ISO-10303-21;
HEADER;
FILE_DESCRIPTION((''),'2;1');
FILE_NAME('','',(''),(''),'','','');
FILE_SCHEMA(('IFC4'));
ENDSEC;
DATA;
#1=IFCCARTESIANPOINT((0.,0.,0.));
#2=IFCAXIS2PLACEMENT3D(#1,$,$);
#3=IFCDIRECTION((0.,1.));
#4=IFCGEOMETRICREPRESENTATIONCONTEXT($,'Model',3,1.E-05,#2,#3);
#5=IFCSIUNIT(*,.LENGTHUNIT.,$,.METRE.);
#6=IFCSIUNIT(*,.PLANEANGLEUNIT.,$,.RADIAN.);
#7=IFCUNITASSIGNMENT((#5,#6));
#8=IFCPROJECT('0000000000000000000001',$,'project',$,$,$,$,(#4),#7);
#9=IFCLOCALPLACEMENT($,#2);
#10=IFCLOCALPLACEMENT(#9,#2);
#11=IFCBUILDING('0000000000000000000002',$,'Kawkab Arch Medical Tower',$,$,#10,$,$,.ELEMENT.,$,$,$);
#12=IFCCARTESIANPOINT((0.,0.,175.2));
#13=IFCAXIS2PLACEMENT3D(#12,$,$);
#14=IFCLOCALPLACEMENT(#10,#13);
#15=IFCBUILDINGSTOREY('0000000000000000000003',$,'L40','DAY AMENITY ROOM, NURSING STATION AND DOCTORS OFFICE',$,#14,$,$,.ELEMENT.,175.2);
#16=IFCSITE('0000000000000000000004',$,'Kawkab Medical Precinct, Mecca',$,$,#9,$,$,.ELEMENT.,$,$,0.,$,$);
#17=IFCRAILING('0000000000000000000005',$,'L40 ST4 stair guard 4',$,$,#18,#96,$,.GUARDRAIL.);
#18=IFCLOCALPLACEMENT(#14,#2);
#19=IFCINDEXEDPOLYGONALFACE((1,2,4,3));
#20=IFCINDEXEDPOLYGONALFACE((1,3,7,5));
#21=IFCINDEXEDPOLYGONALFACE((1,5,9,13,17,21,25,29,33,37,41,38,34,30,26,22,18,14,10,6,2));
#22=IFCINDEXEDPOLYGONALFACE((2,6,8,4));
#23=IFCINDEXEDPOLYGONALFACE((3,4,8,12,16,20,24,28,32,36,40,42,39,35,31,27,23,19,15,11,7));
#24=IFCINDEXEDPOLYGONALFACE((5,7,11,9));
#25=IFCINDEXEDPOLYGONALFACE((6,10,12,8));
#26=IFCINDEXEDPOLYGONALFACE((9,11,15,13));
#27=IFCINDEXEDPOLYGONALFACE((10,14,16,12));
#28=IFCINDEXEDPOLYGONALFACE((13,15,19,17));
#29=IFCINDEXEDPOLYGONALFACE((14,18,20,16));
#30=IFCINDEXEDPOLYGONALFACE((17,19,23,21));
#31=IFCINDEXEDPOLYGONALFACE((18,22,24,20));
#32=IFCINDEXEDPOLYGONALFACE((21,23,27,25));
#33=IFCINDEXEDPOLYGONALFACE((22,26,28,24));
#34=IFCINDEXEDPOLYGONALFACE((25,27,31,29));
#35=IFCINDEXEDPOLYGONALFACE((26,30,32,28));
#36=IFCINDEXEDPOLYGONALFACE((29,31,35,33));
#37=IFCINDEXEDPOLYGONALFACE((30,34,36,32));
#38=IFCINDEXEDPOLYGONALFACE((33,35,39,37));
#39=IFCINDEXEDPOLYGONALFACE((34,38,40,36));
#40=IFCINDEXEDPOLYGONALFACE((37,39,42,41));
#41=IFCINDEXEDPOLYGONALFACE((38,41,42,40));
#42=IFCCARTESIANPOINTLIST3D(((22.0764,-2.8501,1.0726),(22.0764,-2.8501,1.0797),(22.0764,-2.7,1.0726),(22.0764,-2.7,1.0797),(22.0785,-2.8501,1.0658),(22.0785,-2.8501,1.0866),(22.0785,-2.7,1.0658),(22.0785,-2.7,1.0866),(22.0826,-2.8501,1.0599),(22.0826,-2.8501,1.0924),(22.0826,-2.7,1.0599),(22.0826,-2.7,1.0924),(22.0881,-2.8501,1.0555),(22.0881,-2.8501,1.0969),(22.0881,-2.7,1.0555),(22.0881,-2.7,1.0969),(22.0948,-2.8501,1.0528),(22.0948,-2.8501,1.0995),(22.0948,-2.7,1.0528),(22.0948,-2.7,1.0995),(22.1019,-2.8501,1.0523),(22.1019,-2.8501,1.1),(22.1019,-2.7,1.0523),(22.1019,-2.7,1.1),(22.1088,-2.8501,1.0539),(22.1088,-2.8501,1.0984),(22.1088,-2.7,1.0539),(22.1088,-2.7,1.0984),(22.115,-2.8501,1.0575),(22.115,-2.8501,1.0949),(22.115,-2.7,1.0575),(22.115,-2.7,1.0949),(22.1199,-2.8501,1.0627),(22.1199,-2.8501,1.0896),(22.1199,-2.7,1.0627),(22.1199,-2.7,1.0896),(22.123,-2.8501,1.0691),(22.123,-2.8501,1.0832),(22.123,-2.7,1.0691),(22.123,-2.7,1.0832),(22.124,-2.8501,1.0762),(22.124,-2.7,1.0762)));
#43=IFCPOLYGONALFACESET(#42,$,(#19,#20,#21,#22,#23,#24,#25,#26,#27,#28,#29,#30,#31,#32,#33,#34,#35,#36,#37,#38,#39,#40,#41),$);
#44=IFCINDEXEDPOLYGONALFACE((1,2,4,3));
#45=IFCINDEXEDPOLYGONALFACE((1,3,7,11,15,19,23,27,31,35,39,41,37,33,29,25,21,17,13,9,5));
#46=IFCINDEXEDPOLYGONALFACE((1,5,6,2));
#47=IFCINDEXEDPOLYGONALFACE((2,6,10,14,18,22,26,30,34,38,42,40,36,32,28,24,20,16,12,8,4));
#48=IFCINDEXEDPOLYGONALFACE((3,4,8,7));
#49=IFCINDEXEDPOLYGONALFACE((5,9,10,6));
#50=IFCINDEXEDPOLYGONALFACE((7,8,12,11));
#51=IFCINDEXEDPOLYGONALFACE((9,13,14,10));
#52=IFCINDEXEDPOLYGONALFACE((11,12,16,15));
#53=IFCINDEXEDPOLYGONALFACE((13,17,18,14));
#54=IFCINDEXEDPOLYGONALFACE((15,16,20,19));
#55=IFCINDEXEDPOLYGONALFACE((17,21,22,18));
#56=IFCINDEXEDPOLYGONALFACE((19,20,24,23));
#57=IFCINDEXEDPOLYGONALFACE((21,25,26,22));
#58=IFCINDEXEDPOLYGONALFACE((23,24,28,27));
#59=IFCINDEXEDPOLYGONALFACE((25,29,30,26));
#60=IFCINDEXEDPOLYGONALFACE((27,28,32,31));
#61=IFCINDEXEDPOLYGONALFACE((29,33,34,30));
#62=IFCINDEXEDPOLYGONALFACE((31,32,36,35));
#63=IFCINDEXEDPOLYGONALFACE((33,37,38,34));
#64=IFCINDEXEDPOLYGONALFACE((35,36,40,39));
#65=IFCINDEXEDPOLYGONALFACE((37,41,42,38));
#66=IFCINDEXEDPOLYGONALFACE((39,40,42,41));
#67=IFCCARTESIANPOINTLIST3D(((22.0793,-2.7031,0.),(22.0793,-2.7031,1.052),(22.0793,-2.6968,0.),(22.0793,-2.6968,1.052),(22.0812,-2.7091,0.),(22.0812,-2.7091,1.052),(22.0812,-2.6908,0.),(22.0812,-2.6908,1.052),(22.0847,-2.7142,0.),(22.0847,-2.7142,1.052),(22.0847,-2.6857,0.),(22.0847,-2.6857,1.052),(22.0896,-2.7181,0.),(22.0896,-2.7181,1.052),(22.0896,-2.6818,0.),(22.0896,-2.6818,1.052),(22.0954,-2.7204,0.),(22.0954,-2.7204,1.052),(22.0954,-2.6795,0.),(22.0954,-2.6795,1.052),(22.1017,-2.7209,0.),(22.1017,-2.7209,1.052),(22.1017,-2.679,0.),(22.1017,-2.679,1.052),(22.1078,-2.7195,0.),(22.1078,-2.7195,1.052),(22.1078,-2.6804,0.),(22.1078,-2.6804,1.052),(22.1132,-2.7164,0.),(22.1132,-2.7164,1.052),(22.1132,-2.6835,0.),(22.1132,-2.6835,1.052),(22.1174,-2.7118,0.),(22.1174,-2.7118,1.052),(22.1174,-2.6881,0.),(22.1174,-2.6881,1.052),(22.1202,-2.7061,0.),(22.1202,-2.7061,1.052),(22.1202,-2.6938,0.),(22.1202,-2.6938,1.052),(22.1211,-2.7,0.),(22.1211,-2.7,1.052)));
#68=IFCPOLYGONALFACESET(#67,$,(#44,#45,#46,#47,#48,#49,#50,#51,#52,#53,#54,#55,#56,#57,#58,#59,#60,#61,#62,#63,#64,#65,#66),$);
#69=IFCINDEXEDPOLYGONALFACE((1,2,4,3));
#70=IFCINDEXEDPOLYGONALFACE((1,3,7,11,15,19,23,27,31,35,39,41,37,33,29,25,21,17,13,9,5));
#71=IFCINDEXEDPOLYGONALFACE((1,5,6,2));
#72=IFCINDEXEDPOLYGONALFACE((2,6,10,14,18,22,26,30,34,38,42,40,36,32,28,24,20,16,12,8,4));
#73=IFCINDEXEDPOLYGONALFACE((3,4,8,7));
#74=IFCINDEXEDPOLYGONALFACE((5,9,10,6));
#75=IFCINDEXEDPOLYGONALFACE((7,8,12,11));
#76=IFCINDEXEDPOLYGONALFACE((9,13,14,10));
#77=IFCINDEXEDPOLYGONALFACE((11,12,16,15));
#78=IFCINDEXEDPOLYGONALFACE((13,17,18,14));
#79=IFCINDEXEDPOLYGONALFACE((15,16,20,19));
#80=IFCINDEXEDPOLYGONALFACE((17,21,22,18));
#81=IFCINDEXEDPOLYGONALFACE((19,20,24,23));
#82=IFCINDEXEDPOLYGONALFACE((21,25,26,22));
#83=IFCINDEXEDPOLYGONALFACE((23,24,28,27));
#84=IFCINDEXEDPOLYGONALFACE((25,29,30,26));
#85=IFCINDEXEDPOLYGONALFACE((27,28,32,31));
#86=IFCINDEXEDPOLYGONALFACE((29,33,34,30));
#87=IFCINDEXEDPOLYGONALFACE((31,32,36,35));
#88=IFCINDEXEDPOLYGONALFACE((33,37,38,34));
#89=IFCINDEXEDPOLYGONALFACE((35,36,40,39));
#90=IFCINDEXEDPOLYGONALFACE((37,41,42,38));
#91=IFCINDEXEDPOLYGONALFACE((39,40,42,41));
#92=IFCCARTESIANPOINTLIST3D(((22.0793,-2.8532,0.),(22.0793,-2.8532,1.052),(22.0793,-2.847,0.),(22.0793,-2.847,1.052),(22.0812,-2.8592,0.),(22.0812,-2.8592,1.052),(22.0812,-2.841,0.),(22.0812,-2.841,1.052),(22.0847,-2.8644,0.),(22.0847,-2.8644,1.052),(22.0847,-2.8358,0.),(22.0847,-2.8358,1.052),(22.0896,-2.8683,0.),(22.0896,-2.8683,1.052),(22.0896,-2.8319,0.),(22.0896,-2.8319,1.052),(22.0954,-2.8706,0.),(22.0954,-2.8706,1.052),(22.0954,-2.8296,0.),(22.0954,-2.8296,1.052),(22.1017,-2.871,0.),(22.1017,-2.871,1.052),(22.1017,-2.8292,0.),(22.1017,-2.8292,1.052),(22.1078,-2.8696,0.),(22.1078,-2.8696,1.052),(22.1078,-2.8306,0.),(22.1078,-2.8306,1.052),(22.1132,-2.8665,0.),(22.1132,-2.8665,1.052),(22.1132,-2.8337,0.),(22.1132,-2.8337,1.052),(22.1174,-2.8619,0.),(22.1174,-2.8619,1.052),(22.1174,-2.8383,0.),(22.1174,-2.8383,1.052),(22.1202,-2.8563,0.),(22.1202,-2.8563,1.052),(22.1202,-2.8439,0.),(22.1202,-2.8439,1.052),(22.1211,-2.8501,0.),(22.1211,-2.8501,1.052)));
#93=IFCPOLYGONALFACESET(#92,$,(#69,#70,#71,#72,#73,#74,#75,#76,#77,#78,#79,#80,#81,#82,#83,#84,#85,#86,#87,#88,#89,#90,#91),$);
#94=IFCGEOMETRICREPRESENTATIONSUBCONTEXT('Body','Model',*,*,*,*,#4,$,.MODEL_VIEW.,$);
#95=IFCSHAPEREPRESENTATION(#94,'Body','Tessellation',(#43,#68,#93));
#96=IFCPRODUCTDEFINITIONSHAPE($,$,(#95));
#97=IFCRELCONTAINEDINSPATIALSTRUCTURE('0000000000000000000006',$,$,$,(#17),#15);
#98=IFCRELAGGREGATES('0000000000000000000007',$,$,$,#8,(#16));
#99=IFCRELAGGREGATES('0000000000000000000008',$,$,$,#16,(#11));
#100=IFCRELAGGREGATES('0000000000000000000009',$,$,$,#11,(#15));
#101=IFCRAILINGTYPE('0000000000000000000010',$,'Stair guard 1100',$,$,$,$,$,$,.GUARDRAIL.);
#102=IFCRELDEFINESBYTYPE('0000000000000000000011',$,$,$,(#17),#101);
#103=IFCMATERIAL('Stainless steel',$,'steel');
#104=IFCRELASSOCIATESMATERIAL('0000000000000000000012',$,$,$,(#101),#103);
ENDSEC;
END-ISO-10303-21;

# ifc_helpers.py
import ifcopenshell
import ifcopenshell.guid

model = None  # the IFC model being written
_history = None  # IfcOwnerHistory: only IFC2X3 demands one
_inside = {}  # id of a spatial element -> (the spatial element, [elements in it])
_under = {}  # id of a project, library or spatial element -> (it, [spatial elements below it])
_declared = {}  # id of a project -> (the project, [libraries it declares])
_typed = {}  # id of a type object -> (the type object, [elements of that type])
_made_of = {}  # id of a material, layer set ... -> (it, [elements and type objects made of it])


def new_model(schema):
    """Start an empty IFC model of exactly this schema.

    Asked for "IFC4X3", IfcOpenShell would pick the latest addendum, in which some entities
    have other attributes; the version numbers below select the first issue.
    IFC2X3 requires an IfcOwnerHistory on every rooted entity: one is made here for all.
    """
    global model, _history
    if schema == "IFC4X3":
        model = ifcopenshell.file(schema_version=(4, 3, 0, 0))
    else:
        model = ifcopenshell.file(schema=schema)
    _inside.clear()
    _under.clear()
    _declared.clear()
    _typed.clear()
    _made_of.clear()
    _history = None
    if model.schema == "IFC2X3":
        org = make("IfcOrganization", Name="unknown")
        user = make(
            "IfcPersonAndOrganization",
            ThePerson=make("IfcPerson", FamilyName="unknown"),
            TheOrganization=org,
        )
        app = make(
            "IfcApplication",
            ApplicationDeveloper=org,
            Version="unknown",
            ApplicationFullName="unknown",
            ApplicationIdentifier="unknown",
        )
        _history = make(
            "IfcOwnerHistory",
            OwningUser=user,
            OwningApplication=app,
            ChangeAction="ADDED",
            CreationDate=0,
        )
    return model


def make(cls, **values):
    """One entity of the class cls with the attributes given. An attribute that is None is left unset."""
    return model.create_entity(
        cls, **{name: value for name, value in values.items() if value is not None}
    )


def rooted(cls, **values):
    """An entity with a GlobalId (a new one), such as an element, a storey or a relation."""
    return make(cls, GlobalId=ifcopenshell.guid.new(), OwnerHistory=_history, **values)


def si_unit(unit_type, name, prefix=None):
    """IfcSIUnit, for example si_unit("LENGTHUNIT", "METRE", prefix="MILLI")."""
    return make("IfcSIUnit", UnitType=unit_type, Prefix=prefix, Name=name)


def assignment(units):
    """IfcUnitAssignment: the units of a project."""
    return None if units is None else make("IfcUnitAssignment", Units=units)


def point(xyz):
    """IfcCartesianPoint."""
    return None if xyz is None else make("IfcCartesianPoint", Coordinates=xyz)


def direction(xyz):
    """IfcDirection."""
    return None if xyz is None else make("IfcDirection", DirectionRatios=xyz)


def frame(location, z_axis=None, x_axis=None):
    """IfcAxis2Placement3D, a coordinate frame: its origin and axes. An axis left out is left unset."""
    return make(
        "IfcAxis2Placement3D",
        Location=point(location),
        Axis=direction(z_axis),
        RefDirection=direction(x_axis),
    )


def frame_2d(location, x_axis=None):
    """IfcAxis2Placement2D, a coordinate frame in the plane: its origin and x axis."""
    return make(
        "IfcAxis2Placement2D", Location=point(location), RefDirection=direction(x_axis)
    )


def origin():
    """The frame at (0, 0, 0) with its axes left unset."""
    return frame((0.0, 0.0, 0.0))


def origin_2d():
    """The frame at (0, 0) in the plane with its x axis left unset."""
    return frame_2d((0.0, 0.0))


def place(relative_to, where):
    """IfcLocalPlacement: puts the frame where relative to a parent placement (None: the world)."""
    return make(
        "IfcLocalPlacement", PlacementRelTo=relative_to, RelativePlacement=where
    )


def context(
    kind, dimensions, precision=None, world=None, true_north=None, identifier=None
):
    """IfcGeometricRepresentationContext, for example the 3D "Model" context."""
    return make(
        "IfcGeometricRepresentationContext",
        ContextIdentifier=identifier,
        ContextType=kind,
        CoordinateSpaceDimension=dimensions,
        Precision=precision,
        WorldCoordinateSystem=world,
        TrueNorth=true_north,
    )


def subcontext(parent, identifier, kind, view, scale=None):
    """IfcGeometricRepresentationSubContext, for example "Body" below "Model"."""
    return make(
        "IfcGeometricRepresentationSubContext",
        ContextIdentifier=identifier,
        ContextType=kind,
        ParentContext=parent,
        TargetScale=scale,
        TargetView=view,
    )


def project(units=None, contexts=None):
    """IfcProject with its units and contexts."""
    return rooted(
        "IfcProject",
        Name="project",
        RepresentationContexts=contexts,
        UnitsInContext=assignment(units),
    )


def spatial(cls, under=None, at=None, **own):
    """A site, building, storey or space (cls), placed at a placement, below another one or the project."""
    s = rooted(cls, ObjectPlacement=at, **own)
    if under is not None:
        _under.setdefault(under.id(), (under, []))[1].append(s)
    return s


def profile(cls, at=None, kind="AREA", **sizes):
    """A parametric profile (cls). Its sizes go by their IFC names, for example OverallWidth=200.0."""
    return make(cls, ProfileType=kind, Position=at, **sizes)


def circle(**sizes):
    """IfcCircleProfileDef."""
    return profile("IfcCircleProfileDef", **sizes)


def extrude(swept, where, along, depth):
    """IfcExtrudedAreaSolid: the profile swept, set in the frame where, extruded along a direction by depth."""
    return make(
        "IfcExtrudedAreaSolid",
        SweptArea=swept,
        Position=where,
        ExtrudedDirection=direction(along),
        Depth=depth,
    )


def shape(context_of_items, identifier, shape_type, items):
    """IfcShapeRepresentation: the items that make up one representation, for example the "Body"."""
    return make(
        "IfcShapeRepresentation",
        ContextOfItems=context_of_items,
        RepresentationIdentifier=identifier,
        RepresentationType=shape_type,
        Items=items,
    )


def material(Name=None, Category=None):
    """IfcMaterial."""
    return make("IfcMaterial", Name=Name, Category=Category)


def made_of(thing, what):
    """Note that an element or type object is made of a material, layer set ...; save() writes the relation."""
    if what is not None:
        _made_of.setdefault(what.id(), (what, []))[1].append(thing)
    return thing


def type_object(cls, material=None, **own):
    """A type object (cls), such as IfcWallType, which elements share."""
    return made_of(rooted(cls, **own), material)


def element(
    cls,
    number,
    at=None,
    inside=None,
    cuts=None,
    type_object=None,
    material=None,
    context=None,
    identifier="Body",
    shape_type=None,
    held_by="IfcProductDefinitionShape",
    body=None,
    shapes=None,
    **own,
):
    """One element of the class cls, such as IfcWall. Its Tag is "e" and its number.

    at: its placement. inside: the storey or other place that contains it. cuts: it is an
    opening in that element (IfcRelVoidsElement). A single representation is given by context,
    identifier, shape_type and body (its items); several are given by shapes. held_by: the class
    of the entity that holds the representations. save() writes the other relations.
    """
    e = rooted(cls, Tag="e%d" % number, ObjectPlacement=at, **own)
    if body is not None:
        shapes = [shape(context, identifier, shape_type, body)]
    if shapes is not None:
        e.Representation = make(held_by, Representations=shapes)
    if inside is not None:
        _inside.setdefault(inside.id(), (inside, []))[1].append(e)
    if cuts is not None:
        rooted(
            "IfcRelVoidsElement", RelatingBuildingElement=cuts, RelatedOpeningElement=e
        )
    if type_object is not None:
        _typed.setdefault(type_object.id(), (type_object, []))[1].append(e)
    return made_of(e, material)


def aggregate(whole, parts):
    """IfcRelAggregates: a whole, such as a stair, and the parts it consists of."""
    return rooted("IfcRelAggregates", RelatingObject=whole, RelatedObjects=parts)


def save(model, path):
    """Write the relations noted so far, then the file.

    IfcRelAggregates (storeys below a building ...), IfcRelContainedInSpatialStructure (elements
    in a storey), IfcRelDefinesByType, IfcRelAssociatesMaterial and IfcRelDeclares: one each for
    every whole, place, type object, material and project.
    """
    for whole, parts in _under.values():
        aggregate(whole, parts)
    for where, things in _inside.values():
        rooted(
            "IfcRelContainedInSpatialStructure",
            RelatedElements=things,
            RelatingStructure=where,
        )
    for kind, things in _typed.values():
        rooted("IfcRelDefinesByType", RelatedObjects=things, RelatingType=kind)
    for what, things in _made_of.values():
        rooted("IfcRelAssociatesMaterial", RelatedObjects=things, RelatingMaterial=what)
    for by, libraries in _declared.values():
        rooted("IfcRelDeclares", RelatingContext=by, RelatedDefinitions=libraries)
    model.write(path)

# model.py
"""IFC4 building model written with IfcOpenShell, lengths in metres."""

from ifc_helpers import new_model, si_unit, direction, frame, origin, origin_2d, place, context, subcontext, project, spatial, circle, extrude, material, type_object, element, save


model = new_model("IFC4")

# Units and contexts
model_context = context("Model", 3, precision=1e-05, world=origin(), true_north=direction((0.0, 1.0)))
body_context = subcontext(model_context, "Body", "Model", "MODEL_VIEW")
ifc_project = project(units=[si_unit("LENGTHUNIT", "METRE"), si_unit("PLANEANGLEUNIT", "RADIAN")], contexts=[model_context])

# Site, building, storey
site_placement = place(None, origin())
site = spatial("IfcSite", under=ifc_project, at=site_placement, Name="Kawkab Medical Precinct, Mecca", CompositionType="ELEMENT", RefElevation=0.0)
building_placement = place(site_placement, origin())
building = spatial("IfcBuilding", under=site, at=building_placement, Name="Kawkab Arch Medical Tower", CompositionType="ELEMENT")
storey_placement = place(building_placement, frame((0.0, 0.0, 175.2)))
storey = spatial("IfcBuildingStorey", under=building, at=storey_placement, Name="L40", Description="DAY AMENITY ROOM, NURSING STATION AND DOCTORS OFFICE", CompositionType="ELEMENT", Elevation=175.2)

# Railing
ifc_material_1 = material(Name="Stainless steel", Category="steel")
railing_type = type_object("IfcRailingType", Name="Stair guard 1100", PredefinedType="GUARDRAIL", material=ifc_material_1)
railing_1_placement = place(storey_placement, frame((22.1001, -2.7, 0.0)))
element("IfcRailing", 1, at=railing_1_placement, inside=storey, type_object=railing_type, Name="L40 ST4 stair guard 4", PredefinedType="GUARDRAIL", context=body_context, shape_type="SweptSolid", body=[
    extrude(circle(Radius=0.0239, at=origin_2d()), frame((0.0, 0.0, 1.0762), z_axis=(0.0, -1.0, 0.0), x_axis=(1.0, 0.0, 0.0)), (0.0, 0.0, 1.0), 0.1501),
    extrude(circle(Radius=0.021, at=origin_2d()), origin(), (0.0, 0.0, 1.0), 1.052),
    extrude(circle(Radius=0.021, at=origin_2d()), frame((0.0, -0.1501, 0.0)), (0.0, 0.0, 1.0), 1.052),
])

save(model, "model.ifc")
